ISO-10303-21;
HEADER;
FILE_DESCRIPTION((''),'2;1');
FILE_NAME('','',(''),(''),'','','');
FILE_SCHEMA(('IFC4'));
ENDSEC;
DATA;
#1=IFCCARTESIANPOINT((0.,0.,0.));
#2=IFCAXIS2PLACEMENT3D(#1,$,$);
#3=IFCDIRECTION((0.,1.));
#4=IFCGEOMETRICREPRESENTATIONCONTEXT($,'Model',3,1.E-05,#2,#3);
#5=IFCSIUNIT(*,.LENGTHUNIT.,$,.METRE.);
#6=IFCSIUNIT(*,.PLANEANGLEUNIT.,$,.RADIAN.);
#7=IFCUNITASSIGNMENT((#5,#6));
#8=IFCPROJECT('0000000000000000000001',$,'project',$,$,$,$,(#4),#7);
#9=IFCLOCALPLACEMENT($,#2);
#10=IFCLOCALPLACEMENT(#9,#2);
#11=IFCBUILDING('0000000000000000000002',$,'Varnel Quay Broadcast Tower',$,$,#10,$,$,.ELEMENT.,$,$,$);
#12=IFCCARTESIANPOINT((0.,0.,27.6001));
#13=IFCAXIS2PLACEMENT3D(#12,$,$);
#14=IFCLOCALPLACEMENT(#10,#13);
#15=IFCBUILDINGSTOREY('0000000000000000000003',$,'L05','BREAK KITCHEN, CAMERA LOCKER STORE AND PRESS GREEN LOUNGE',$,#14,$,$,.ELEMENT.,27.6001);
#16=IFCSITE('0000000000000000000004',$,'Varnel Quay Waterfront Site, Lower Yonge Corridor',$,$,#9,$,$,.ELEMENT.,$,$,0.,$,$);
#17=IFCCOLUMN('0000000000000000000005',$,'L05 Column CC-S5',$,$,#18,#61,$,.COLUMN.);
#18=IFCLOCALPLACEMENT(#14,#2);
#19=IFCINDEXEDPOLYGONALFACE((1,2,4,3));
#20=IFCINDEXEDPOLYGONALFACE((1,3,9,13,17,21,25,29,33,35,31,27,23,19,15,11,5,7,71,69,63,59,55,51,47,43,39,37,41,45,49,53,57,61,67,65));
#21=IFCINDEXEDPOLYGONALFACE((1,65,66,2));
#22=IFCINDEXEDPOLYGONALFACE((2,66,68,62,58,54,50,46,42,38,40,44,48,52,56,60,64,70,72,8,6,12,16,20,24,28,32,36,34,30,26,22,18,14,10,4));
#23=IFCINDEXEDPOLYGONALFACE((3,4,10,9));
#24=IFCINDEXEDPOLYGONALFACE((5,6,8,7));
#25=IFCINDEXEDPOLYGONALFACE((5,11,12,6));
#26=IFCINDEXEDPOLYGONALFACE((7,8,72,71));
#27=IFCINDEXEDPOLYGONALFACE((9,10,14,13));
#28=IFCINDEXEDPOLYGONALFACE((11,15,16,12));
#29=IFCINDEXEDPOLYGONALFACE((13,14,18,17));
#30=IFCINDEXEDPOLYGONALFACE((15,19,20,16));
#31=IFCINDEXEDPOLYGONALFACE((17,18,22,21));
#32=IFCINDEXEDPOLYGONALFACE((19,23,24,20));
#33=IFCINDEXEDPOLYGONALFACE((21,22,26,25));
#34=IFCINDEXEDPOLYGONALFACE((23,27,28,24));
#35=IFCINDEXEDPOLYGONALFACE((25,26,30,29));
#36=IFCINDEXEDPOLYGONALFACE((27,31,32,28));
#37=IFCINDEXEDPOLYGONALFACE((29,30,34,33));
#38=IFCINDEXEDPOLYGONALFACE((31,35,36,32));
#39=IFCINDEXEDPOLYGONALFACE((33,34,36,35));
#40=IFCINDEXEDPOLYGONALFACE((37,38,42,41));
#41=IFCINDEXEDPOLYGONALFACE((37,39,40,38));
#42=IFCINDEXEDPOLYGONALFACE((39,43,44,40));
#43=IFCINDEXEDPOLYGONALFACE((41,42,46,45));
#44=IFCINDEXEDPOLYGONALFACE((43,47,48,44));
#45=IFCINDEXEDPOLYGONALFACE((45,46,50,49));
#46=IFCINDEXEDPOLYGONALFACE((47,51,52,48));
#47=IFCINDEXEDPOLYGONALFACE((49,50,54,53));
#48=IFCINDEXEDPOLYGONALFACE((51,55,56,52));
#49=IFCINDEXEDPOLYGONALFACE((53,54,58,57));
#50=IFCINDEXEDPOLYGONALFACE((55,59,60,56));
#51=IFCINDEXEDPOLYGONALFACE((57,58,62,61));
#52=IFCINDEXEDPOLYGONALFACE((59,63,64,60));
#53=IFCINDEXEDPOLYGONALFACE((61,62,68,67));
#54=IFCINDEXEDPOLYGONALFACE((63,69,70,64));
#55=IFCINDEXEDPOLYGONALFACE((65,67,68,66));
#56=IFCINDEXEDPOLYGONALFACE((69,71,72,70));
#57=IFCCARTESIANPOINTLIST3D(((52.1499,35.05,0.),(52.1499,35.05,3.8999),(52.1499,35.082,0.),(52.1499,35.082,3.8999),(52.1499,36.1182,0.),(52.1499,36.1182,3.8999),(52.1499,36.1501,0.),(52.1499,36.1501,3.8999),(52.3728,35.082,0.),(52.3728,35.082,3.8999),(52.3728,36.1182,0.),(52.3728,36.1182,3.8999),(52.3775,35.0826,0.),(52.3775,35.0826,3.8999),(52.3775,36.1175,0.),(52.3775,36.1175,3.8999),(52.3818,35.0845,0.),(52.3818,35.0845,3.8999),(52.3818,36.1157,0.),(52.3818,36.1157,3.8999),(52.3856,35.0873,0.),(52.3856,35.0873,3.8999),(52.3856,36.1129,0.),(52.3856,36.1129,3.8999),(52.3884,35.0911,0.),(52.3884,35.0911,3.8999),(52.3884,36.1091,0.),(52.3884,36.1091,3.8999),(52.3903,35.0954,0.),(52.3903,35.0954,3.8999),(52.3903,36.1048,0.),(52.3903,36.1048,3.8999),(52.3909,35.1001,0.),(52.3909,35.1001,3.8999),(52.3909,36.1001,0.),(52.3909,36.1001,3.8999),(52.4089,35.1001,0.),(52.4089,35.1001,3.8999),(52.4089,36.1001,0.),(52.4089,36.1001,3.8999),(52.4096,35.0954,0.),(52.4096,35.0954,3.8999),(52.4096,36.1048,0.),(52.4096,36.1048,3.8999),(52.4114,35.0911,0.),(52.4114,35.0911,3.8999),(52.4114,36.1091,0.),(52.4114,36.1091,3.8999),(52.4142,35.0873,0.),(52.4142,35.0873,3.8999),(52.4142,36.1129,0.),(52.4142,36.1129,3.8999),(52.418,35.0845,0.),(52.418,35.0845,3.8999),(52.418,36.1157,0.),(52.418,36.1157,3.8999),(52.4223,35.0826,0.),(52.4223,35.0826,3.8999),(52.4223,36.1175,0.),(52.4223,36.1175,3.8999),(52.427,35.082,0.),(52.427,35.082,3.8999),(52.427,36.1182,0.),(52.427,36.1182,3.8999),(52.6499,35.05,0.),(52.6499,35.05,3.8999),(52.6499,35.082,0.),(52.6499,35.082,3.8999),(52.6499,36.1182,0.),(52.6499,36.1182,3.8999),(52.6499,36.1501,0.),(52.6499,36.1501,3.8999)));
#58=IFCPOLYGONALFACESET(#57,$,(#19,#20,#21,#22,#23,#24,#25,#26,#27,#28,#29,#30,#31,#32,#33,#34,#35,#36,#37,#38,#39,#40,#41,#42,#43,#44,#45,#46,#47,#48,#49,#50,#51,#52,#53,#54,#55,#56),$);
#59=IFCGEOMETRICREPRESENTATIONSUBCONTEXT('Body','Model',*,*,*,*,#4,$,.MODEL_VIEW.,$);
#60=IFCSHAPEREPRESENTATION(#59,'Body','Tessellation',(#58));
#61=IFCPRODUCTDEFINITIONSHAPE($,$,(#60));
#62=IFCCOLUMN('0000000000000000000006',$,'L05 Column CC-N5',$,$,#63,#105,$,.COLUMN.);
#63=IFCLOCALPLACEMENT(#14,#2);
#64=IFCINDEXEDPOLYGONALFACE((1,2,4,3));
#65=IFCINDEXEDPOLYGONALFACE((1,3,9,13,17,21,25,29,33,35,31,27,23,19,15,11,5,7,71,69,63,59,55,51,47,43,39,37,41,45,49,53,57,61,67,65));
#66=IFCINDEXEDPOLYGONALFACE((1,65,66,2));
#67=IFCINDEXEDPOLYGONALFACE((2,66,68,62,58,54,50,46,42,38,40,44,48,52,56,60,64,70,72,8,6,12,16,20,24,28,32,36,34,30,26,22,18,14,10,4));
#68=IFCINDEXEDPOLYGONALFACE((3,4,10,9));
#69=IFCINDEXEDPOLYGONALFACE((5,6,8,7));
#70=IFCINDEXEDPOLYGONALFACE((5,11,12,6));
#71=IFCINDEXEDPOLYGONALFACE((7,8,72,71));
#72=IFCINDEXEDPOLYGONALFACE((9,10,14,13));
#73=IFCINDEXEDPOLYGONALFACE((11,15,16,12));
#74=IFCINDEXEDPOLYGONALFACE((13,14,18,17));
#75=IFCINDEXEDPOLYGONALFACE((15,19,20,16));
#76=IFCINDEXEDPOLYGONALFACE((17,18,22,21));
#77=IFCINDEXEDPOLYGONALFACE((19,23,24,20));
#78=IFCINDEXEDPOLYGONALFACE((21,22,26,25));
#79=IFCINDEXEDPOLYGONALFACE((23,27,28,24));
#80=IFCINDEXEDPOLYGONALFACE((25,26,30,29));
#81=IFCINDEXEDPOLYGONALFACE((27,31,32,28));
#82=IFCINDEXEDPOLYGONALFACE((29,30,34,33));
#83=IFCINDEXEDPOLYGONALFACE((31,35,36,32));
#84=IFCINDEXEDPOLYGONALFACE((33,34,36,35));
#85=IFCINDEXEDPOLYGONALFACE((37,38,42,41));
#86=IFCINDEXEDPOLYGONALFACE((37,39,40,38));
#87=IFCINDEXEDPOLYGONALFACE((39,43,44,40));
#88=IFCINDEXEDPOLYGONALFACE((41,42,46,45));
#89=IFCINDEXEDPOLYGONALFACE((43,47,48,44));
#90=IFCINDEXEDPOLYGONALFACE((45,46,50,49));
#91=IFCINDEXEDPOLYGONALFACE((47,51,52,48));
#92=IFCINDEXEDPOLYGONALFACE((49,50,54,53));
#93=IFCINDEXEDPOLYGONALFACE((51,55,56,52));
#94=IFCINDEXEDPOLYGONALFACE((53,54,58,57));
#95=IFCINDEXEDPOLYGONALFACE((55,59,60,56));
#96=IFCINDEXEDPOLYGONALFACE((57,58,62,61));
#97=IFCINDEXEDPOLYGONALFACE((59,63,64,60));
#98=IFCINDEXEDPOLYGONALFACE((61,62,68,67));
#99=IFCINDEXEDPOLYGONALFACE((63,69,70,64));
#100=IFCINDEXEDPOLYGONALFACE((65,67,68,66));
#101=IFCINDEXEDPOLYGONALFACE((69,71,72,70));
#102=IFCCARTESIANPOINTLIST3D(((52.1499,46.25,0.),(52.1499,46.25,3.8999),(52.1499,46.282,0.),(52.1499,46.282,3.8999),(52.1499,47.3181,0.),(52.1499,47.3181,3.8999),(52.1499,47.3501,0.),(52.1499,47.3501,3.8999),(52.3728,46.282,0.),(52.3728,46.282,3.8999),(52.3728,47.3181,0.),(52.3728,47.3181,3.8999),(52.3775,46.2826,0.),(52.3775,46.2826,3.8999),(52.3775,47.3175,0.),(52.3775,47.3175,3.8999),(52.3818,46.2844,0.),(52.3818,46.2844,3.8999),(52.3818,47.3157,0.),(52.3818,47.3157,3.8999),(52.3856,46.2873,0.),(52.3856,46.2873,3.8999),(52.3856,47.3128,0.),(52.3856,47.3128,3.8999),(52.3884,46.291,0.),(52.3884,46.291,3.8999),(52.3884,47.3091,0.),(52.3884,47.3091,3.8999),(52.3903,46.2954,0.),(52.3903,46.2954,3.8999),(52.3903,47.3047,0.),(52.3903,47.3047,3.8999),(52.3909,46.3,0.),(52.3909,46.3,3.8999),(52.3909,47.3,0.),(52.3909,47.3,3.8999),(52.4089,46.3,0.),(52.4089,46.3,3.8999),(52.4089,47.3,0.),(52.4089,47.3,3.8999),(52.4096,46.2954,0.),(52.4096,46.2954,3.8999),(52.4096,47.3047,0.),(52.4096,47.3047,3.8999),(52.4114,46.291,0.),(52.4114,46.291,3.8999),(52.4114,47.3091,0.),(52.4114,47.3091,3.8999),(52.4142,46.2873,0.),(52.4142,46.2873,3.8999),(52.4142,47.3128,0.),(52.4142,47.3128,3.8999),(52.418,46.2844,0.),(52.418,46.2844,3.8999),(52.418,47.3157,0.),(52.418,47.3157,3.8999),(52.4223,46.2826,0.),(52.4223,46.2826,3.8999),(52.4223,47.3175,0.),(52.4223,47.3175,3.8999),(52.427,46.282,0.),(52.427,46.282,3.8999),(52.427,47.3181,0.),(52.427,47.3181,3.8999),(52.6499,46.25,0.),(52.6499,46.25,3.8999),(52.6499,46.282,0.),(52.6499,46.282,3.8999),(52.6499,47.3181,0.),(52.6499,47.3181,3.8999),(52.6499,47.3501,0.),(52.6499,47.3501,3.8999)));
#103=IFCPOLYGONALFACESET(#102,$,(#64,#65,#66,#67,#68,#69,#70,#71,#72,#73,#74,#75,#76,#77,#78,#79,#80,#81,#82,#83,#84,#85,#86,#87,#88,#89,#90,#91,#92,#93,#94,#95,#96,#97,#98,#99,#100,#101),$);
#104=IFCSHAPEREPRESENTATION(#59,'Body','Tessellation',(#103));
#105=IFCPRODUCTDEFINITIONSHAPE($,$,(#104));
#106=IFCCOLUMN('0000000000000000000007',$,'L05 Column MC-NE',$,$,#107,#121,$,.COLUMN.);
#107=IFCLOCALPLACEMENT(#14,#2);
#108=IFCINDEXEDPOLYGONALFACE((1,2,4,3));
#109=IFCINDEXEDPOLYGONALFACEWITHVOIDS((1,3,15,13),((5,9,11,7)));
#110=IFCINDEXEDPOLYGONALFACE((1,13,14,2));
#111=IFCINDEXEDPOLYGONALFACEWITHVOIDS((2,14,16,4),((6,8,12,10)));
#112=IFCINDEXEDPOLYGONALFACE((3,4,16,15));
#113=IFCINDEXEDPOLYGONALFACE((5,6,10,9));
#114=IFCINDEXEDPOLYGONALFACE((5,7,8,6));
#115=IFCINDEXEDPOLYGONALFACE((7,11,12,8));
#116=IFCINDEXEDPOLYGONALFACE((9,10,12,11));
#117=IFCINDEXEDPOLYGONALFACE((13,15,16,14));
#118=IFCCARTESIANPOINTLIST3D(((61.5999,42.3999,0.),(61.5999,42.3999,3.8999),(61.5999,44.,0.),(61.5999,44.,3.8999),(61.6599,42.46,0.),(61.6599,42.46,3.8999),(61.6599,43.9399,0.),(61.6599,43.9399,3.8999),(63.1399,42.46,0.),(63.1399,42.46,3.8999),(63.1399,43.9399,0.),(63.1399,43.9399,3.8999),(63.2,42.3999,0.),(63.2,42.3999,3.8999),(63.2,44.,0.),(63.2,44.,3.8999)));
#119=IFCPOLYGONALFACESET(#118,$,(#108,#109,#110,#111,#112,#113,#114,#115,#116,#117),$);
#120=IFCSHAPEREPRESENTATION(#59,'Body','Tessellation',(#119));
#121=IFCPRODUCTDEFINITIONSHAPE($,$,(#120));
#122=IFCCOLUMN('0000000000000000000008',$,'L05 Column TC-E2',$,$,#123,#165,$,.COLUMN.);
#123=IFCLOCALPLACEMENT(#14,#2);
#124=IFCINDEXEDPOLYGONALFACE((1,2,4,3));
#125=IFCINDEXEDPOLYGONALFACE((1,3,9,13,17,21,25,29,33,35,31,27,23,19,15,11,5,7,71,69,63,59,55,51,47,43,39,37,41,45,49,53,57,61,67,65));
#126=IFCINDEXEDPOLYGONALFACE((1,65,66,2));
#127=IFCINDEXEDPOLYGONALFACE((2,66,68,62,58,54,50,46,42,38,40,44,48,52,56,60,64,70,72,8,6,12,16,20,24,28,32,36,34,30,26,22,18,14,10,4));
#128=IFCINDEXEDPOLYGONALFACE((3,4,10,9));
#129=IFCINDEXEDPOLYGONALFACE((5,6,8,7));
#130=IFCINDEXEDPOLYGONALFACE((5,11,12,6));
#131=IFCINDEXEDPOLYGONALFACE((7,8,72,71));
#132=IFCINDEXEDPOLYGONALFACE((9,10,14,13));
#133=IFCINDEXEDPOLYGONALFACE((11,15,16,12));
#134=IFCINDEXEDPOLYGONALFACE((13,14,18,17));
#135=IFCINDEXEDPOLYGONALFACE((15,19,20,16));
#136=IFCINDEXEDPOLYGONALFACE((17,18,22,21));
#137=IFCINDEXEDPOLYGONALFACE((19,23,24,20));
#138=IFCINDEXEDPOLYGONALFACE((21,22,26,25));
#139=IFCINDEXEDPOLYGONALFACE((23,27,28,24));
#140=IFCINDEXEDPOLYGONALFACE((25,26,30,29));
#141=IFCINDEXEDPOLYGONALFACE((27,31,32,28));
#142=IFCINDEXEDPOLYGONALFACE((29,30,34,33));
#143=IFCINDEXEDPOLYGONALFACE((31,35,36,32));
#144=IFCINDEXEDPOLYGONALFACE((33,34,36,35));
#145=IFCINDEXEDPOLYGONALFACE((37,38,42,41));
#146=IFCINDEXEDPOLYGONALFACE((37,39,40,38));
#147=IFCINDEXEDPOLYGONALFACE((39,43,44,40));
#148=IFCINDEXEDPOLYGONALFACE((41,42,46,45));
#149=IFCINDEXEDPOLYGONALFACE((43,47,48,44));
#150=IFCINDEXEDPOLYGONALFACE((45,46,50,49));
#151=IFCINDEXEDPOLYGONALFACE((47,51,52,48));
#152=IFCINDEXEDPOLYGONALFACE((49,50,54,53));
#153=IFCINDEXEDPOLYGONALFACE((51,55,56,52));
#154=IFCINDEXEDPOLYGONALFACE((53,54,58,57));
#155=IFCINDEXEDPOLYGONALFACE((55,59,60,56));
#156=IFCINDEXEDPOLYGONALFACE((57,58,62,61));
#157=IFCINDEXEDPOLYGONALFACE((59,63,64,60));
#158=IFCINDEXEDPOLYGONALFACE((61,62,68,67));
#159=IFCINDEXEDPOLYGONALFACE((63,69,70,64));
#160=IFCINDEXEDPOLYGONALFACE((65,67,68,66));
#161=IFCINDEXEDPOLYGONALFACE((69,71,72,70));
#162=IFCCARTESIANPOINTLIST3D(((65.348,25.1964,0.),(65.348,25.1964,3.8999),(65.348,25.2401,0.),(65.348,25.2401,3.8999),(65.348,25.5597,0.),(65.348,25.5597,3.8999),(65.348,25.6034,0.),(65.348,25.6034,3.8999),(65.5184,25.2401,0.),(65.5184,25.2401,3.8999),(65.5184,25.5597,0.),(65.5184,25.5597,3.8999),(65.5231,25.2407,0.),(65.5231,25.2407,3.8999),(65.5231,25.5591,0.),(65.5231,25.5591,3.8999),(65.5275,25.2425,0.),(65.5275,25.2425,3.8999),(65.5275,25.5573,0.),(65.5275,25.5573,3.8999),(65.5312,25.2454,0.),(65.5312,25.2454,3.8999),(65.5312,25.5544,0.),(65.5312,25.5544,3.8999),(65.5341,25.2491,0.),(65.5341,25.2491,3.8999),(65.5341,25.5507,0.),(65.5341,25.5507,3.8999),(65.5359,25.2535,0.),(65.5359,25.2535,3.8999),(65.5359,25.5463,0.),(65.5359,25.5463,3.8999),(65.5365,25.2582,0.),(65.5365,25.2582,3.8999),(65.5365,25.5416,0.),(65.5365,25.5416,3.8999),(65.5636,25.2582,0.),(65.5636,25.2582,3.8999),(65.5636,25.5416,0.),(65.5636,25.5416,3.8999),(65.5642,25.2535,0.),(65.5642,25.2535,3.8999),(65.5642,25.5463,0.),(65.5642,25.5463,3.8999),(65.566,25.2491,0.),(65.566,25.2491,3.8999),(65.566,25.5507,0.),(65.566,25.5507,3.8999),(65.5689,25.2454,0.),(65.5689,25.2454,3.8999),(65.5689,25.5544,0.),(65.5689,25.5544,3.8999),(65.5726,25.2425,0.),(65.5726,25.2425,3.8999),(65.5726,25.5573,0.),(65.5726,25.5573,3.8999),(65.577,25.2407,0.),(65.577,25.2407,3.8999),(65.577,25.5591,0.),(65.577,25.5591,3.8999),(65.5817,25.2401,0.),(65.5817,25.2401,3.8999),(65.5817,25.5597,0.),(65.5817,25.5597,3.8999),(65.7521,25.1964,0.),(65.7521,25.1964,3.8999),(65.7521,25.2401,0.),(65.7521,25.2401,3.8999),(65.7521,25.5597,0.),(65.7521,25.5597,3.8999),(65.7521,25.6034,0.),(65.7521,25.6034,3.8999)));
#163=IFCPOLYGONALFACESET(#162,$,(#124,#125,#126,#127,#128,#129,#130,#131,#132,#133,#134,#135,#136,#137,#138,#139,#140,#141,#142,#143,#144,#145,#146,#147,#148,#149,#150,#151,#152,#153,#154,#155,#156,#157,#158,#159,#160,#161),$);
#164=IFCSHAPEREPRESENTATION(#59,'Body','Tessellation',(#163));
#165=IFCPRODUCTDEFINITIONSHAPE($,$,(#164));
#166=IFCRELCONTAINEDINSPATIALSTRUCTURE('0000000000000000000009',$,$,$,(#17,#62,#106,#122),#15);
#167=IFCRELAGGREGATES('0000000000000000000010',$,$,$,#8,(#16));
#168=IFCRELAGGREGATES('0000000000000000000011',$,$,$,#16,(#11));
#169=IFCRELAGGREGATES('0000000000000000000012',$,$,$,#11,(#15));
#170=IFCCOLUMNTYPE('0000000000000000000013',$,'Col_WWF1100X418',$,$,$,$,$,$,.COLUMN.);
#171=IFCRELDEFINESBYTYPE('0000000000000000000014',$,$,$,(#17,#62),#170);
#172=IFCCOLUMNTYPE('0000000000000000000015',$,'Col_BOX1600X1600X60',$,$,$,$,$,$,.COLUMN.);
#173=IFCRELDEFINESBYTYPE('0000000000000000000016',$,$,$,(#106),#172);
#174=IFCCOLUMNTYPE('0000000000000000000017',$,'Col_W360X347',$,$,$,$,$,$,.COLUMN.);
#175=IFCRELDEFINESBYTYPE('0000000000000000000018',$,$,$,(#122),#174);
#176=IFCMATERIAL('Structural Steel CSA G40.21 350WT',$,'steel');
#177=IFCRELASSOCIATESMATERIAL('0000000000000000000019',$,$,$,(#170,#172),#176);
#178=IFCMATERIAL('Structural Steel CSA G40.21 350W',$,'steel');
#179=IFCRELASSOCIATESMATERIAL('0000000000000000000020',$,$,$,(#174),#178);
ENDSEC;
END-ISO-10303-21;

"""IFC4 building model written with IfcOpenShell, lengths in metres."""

from ifc_helpers import new_model, si_unit, direction, frame, origin, origin_2d, place, context, subcontext, project, spatial, hollow_rectangle, i_section, extrude, source, transform, mapped, material, material_profile, profile_set, type_object, type_shapes, element, save


model = new_model("IFC4")

# Units and contexts
model_context = context("Model", 3, precision=1e-05, world=origin(), true_north=direction((0.0, 1.0)))
body_context = subcontext(model_context, "Body", "Model", "MODEL_VIEW")
ifc_project = project(units=[si_unit("LENGTHUNIT", "METRE"), si_unit("PLANEANGLEUNIT", "RADIAN")], contexts=[model_context])

# Site, building, storey
site_placement = place(None, origin())
site = spatial("IfcSite", under=ifc_project, at=site_placement, Name="Varnel Quay Waterfront Site, Lower Yonge Corridor", CompositionType="ELEMENT", RefElevation=0.0)
building_placement = place(site_placement, origin())
building = spatial("IfcBuilding", under=site, at=building_placement, Name="Varnel Quay Broadcast Tower", CompositionType="ELEMENT")
storey_placement = place(building_placement, frame((0.0, 0.0, 27.6001)))
storey = spatial("IfcBuildingStorey", under=building, at=storey_placement, Name="L05", Description="BREAK KITCHEN, CAMERA LOCKER STORE AND PRESS GREEN LOUNGE", CompositionType="ELEMENT", Elevation=27.6001)

# Columns
ifc_material_1 = material(Name="Structural Steel CSA G40.21 350WT", Category="steel")
ifc_material_profile_1 = material_profile(ifc_material_1, i_section(OverallWidth=0.5, OverallDepth=1.1001, WebThickness=0.0181, FlangeThickness=0.032, FilletRadius=0.0181, at=origin_2d()), Name="WWF1100X418")
ifc_profile_set_1 = profile_set([ifc_material_profile_1], Name="Structural Steel CSA G40.21 350WT")
column_type_1 = type_object("IfcColumnType", Name="Col_WWF1100X418", PredefinedType="COLUMN", material=ifc_profile_set_1)
shared_shape_1 = source(origin(), body_context, "Body", "SweptSolid", [
    extrude(i_section(OverallWidth=0.5, OverallDepth=1.1001, WebThickness=0.0181, FlangeThickness=0.032, FilletRadius=0.0181, at=origin_2d()), origin(), (0.0, 0.0, 1.0), 3.8999),
])
type_shapes(column_type_1, [shared_shape_1])
for number, where, z_axis, x_axis, name in (
    (1, (52.3999, 35.6001, 0.0), (0.0, 0.0, 1.0), (1.0, 0.0, 0.0), "L05 Column CC-S5"),
    (2, (52.3999, 46.8, 0.0), (0.0, 0.0, 1.0), (1.0, 0.0, 0.0), "L05 Column CC-N5"),
):
    element("IfcColumn", number, at=place(storey_placement, frame(where, z_axis=z_axis, x_axis=x_axis)), inside=storey, type_object=column_type_1, Name=name, PredefinedType="COLUMN", context=body_context, shape_type="MappedRepresentation", body=[
        mapped(shared_shape_1, transform((0.0, 0.0, 0.0), x_axis=(1.0, 0.0, 0.0), y_axis=(0.0, 1.0, 0.0), z_axis=(0.0, 0.0, 1.0), scale=1.0)),
    ])
ifc_material_profile_2 = material_profile(ifc_material_1, hollow_rectangle(XDim=1.6001, YDim=1.6001, WallThickness=0.0601, at=origin_2d()), Name="BOX1600X1600X60")
ifc_profile_set_2 = profile_set([ifc_material_profile_2], Name="Structural Steel CSA G40.21 350WT")
column_type_2 = type_object("IfcColumnType", Name="Col_BOX1600X1600X60", PredefinedType="COLUMN", material=ifc_profile_set_2)
shared_shape_2 = source(origin(), body_context, "Body", "SweptSolid", [
    extrude(hollow_rectangle(XDim=1.6001, YDim=1.6001, WallThickness=0.0601, at=origin_2d()), origin(), (0.0, 0.0, 1.0), 3.8999),
])
type_shapes(column_type_2, [shared_shape_2])
column_placement = place(storey_placement, frame((62.3999, 43.2, 0.0), z_axis=(0.0, 0.0, 1.0), x_axis=(1.0, 0.0, 0.0)))
element("IfcColumn", 3, at=column_placement, inside=storey, type_object=column_type_2, Name="L05 Column MC-NE", PredefinedType="COLUMN", context=body_context, shape_type="MappedRepresentation", body=[
    mapped(shared_shape_2, transform((0.0, 0.0, 0.0), x_axis=(1.0, 0.0, 0.0), y_axis=(0.0, 1.0, 0.0), z_axis=(0.0, 0.0, 1.0), scale=1.0)),
])
ifc_material_2 = material(Name="Structural Steel CSA G40.21 350W", Category="steel")
ifc_material_profile_3 = material_profile(ifc_material_2, i_section(OverallWidth=0.4041, OverallDepth=0.407, WebThickness=0.0271, FlangeThickness=0.0437, FilletRadius=0.0181, at=origin_2d()), Name="W360X347")
ifc_profile_set_3 = profile_set([ifc_material_profile_3], Name="Structural Steel CSA G40.21 350W")
column_type_3 = type_object("IfcColumnType", Name="Col_W360X347", PredefinedType="COLUMN", material=ifc_profile_set_3)
shared_shape_3 = source(origin(), body_context, "Body", "SweptSolid", [
    extrude(i_section(OverallWidth=0.4041, OverallDepth=0.407, WebThickness=0.0271, FlangeThickness=0.0437, FilletRadius=0.0181, at=origin_2d()), origin(), (0.0, 0.0, 1.0), 3.8999),
])
type_shapes(column_type_3, [shared_shape_3])
for number, where, z_axis, x_axis, name in (
    (4, (65.55, 25.3999, 0.0), (0.0, 0.0, 1.0), (1.0, 0.0, 0.0), "L05 Column TC-E2"),
):
    element("IfcColumn", number, at=place(storey_placement, frame(where, z_axis=z_axis, x_axis=x_axis)), inside=storey, type_object=column_type_3, Name=name, PredefinedType="COLUMN", context=body_context, shape_type="MappedRepresentation", body=[
        mapped(shared_shape_3, transform((0.0, 0.0, 0.0), x_axis=(1.0, 0.0, 0.0), y_axis=(0.0, 1.0, 0.0), z_axis=(0.0, 0.0, 1.0), scale=1.0)),
    ])

save(model, "model.ifc")
